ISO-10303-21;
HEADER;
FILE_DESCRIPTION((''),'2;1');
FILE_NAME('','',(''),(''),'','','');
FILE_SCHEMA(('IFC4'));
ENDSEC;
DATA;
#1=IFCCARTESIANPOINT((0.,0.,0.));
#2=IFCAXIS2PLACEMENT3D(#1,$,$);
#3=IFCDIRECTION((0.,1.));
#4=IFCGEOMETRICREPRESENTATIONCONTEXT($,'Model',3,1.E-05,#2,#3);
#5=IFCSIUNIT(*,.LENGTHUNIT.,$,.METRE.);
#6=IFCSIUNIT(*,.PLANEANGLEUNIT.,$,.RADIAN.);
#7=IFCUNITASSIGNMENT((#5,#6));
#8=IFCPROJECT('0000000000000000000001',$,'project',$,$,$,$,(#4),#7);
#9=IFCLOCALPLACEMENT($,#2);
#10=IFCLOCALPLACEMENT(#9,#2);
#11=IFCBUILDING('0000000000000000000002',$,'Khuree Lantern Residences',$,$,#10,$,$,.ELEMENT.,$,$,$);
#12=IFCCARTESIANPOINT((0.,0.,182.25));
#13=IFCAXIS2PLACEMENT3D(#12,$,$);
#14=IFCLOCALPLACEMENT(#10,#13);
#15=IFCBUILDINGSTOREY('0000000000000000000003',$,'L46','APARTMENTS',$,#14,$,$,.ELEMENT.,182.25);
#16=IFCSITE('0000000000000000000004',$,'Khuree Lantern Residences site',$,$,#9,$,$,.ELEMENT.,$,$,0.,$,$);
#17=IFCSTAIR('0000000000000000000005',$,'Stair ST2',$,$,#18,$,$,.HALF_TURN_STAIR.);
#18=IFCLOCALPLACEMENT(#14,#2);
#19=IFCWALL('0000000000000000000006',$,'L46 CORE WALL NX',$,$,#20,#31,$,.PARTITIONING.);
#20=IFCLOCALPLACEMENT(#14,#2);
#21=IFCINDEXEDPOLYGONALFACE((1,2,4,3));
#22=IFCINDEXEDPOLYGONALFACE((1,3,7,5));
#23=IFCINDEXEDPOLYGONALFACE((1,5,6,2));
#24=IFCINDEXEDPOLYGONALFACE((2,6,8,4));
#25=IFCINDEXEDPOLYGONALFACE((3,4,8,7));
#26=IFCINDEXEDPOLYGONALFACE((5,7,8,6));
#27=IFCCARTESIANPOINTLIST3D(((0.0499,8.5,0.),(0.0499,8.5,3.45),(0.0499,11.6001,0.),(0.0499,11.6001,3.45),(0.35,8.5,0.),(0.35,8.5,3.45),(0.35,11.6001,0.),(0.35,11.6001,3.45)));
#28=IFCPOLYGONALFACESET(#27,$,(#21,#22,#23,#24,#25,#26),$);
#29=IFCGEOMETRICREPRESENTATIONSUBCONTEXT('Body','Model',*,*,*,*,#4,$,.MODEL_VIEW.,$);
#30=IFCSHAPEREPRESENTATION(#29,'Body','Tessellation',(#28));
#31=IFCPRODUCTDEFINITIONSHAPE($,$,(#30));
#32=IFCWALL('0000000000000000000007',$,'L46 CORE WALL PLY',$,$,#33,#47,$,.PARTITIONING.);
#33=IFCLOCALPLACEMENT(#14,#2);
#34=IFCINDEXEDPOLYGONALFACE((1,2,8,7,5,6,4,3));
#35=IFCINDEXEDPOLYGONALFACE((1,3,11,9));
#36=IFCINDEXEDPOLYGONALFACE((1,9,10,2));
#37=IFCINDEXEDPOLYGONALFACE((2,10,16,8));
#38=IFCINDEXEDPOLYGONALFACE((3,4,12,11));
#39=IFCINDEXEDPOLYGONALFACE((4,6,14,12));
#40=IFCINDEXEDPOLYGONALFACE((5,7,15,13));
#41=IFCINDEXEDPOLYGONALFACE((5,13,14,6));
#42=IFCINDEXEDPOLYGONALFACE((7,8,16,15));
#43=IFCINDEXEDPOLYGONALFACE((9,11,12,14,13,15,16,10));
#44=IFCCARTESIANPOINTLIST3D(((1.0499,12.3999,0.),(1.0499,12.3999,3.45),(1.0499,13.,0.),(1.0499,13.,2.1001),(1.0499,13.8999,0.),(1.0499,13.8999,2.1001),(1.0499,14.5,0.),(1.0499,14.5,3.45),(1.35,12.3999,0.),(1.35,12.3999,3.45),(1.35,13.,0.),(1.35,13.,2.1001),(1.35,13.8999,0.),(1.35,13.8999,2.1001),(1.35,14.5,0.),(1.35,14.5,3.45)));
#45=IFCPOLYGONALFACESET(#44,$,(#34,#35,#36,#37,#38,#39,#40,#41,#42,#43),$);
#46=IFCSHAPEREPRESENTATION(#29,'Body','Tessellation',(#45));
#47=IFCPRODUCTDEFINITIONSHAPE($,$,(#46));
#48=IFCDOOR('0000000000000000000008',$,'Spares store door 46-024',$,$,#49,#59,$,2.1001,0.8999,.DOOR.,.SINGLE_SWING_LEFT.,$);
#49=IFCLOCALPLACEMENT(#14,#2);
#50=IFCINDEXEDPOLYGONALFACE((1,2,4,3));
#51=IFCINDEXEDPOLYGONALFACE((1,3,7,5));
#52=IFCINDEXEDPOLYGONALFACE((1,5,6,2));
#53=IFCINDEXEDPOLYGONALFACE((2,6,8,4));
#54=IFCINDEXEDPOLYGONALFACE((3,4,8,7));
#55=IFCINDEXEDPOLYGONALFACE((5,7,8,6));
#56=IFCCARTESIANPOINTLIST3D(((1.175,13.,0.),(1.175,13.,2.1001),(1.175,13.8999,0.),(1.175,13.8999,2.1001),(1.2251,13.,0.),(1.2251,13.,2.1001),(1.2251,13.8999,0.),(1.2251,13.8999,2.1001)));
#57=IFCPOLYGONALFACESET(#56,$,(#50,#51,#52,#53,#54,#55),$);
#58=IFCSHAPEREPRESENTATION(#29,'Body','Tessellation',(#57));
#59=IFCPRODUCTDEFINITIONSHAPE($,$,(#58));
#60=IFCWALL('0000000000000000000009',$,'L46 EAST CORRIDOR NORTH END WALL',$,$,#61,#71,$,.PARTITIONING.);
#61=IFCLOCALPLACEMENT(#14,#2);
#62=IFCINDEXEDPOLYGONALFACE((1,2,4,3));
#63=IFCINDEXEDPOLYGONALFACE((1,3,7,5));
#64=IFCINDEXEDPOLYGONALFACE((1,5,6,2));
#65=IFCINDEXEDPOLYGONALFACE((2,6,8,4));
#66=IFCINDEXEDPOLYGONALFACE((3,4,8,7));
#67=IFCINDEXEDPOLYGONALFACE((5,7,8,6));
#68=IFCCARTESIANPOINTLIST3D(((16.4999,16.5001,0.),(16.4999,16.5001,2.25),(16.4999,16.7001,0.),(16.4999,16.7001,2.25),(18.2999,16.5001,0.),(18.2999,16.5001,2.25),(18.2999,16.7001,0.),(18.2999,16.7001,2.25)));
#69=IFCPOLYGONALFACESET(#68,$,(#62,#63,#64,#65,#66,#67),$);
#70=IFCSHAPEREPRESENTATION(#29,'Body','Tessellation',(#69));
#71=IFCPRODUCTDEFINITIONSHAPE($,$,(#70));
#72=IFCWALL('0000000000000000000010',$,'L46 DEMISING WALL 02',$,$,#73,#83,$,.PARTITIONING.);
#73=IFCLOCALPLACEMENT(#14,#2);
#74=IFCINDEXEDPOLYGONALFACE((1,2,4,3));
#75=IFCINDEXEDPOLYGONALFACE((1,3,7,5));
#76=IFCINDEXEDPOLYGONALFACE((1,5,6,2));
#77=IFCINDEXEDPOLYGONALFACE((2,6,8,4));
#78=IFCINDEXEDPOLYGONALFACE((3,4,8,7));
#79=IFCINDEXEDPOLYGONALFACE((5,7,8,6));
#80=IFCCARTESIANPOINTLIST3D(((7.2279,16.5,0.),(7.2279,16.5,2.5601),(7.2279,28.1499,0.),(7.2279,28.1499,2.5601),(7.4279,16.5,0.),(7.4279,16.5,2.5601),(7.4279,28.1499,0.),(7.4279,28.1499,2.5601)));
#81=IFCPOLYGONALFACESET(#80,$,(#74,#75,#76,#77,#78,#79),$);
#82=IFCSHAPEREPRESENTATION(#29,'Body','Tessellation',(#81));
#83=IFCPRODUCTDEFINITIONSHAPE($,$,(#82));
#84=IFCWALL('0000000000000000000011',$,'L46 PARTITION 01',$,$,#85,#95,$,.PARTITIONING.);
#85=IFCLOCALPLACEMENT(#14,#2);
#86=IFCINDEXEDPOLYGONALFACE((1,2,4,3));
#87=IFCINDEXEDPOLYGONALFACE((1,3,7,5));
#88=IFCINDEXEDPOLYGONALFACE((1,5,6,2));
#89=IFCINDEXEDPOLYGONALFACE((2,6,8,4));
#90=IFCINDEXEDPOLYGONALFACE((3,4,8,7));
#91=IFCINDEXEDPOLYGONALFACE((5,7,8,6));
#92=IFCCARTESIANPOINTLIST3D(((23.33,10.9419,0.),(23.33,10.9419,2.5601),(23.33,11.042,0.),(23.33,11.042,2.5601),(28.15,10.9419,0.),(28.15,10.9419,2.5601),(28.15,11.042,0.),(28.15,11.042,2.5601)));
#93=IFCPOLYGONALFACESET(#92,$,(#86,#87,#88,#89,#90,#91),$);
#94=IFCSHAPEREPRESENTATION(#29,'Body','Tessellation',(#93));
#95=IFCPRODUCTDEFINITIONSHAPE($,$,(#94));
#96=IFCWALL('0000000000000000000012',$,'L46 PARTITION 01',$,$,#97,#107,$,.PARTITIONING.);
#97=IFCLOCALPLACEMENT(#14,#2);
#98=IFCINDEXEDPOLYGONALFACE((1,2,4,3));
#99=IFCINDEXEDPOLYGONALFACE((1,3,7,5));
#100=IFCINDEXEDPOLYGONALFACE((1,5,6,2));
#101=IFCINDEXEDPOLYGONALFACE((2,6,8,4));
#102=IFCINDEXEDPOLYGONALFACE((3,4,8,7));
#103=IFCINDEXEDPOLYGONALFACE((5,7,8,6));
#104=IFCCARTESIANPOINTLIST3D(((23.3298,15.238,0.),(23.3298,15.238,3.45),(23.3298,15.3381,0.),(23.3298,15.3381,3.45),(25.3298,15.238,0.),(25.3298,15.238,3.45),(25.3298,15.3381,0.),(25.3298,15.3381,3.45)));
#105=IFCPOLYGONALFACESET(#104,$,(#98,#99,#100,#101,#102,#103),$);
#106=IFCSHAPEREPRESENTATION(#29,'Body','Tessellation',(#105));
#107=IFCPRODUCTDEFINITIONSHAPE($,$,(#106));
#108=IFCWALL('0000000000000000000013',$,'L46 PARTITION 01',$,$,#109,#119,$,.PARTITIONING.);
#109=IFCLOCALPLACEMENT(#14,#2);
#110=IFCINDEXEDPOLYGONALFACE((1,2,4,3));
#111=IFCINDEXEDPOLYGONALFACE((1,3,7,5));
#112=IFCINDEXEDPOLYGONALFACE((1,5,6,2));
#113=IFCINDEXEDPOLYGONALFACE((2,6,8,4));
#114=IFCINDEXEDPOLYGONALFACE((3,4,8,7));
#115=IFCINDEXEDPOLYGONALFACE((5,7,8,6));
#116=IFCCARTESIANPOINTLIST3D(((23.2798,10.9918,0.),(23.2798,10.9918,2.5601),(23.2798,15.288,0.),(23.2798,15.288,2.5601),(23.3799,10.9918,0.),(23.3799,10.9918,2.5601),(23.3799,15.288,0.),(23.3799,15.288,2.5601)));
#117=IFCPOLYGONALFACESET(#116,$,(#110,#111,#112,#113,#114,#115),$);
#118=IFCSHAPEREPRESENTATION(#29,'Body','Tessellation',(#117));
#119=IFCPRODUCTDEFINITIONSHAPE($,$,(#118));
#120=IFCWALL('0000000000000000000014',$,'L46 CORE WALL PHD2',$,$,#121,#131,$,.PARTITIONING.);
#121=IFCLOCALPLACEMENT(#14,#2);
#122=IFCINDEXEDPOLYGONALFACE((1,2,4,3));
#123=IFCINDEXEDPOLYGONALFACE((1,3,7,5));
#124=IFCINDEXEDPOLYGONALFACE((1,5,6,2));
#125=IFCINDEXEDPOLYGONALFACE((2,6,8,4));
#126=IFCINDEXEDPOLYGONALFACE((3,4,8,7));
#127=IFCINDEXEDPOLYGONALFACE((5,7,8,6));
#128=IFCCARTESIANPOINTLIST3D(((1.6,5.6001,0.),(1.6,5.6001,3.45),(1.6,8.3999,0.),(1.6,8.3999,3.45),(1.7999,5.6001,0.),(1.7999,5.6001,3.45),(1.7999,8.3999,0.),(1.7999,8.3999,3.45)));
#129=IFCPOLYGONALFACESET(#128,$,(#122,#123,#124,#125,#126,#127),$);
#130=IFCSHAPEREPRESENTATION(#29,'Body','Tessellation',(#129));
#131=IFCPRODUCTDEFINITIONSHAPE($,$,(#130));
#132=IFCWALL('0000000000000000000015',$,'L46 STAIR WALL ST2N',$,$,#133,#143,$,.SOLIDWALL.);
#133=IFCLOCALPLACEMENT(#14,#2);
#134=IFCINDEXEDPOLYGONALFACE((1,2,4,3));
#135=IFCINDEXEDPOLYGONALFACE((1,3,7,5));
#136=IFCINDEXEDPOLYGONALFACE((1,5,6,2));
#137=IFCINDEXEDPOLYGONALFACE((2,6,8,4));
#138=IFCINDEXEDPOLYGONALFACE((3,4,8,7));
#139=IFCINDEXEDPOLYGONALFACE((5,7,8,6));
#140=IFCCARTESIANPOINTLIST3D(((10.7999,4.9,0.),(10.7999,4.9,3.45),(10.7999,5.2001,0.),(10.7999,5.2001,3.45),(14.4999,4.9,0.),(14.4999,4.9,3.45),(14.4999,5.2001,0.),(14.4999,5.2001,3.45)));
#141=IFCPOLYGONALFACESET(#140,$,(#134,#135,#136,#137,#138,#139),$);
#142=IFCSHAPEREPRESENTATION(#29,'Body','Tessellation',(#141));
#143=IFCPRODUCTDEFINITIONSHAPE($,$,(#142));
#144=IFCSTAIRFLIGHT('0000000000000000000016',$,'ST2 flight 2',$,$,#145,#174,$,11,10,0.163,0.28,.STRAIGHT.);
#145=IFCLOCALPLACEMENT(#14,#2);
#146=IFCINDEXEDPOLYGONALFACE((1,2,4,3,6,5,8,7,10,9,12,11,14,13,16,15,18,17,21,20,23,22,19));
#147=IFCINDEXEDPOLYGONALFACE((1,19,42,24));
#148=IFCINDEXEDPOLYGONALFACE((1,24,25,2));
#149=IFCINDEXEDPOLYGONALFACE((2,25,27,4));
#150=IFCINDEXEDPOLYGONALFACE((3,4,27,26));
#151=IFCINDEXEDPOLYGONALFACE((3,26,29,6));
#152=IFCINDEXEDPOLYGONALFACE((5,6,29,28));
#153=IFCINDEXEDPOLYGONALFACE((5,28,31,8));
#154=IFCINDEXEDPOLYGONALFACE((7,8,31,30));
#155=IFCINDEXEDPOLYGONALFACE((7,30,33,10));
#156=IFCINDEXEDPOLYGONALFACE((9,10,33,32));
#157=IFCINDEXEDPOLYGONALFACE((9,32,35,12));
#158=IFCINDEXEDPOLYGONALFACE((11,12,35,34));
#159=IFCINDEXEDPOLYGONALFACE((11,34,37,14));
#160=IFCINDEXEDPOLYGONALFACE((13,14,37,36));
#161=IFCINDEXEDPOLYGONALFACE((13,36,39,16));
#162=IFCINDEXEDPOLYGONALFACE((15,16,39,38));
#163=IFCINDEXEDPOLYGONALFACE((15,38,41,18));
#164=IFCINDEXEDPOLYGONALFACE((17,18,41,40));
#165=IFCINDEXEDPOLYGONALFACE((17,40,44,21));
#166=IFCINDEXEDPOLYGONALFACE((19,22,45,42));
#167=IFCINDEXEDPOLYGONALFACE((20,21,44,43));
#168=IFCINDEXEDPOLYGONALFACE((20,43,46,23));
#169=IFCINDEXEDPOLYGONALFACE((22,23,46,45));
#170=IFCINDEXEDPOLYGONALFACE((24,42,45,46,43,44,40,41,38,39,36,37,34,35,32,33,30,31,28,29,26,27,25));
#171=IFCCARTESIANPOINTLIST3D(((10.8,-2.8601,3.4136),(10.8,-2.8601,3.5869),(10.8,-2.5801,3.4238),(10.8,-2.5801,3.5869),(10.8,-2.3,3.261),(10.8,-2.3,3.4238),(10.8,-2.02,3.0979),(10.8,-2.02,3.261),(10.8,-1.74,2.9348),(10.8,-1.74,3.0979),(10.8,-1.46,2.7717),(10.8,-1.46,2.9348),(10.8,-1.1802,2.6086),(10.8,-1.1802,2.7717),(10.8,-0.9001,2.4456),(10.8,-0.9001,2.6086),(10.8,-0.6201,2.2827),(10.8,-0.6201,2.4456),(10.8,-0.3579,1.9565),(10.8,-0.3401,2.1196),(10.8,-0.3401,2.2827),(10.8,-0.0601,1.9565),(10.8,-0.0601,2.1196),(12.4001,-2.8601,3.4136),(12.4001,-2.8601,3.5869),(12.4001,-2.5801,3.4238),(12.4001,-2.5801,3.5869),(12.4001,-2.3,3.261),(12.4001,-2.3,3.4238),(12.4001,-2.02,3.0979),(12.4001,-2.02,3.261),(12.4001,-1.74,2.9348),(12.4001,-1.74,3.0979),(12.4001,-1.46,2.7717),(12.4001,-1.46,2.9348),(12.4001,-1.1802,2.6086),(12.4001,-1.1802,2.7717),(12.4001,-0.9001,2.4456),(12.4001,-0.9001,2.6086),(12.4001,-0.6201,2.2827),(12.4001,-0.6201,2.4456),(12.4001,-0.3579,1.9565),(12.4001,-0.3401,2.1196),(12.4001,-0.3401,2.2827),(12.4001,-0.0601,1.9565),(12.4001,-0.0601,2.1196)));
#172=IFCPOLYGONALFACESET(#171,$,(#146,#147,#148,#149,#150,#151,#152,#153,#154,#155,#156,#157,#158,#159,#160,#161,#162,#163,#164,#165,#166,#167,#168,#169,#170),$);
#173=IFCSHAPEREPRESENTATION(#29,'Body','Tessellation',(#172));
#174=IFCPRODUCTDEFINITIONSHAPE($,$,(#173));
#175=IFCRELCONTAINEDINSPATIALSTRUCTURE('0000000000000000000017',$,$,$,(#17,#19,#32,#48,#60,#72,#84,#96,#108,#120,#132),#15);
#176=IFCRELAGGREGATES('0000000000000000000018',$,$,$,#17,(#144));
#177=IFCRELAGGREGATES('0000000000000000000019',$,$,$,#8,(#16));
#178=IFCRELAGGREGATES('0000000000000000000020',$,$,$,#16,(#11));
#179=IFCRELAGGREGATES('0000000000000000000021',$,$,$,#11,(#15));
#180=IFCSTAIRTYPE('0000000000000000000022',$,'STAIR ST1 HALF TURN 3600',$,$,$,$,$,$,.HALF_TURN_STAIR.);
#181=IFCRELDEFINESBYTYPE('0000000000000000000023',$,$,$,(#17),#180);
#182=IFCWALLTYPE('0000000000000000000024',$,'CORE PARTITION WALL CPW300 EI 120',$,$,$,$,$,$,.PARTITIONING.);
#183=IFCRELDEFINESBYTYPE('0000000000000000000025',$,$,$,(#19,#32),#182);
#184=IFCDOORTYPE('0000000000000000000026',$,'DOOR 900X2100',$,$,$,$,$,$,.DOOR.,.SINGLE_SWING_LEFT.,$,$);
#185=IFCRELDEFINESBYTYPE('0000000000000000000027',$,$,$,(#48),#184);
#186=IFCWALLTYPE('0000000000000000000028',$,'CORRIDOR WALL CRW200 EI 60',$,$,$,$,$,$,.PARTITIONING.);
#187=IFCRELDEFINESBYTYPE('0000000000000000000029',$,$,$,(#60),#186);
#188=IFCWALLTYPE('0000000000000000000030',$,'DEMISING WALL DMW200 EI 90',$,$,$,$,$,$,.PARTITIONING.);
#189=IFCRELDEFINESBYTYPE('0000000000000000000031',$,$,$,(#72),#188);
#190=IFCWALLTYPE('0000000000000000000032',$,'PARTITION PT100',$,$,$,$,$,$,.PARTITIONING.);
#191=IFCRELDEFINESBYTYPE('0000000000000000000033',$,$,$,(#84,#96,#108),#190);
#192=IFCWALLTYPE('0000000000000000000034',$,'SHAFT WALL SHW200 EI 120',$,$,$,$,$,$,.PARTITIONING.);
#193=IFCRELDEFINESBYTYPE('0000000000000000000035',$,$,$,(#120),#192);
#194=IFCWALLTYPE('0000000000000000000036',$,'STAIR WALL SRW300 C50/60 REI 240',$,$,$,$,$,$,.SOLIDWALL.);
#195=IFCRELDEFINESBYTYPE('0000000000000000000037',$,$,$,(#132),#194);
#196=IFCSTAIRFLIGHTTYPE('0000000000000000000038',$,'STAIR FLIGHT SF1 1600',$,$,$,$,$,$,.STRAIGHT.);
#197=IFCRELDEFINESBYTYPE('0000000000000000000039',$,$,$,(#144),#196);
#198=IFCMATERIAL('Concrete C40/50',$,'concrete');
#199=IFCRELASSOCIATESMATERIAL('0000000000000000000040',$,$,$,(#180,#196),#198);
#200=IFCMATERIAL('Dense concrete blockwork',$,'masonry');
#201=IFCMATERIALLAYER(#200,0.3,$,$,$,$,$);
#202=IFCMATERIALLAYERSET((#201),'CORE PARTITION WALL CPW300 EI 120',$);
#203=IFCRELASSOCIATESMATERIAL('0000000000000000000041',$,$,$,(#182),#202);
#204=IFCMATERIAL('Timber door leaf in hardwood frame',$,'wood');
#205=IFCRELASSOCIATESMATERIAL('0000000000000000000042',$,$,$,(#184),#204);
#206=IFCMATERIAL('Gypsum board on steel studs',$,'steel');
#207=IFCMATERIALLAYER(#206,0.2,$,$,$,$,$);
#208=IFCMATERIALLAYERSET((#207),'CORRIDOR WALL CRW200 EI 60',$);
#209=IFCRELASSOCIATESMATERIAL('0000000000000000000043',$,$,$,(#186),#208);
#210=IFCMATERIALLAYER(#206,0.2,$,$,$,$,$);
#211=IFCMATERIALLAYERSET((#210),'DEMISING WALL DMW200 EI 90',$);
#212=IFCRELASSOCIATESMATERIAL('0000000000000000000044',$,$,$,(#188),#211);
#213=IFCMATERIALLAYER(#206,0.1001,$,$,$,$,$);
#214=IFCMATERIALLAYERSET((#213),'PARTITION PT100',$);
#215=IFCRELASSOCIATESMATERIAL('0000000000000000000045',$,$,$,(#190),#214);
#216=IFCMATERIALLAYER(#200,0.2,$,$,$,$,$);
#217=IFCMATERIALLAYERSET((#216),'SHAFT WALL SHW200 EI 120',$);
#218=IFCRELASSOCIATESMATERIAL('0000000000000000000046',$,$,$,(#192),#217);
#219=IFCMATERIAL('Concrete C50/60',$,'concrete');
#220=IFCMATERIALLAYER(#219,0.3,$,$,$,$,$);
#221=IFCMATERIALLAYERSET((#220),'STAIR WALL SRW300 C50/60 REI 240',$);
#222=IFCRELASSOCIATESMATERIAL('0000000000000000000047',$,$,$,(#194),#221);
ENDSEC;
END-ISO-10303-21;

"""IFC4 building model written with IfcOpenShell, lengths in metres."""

from ifc_helpers import new_model, si_unit, direction, frame, frame_2d, origin, place, context, subcontext, project, spatial, polyline, rectangle, outline, extrude, material, layer, layer_set, type_object, element, fill, aggregate, save


model = new_model("IFC4")

# Units and contexts
model_context = context("Model", 3, precision=1e-05, world=origin(), true_north=direction((0.0, 1.0)))
body_context = subcontext(model_context, "Body", "Model", "MODEL_VIEW")
ifc_project = project(units=[si_unit("LENGTHUNIT", "METRE"), si_unit("PLANEANGLEUNIT", "RADIAN")], contexts=[model_context])

# Site, building, storey
site_placement = place(None, origin())
site = spatial("IfcSite", under=ifc_project, at=site_placement, Name="Khuree Lantern Residences site", CompositionType="ELEMENT", RefElevation=0.0)
building_placement = place(site_placement, origin())
building = spatial("IfcBuilding", under=site, at=building_placement, Name="Khuree Lantern Residences", CompositionType="ELEMENT")
storey_placement = place(building_placement, frame((0.0, 0.0, 182.25)))
storey = spatial("IfcBuildingStorey", under=building, at=storey_placement, Name="L46", Description="APARTMENTS", CompositionType="ELEMENT", Elevation=182.25)

# Stair
ifc_material_1 = material(Name="Concrete C40/50", Category="concrete")
stair_type = type_object("IfcStairType", Name="STAIR ST1 HALF TURN 3600", PredefinedType="HALF_TURN_STAIR", material=ifc_material_1)
stair_1_placement = place(storey_placement, origin())
stair_1 = element("IfcStair", 1, at=stair_1_placement, inside=storey, type_object=stair_type, Name="Stair ST2", PredefinedType="HALF_TURN_STAIR")

# Shared definitions
ifc_material_2 = material(Name="Dense concrete blockwork", Category="masonry")
ifc_layer_1 = layer(ifc_material_2, 0.3)
ifc_layer_set_1 = layer_set([ifc_layer_1], Name="CORE PARTITION WALL CPW300 EI 120")
wall_type_1 = type_object("IfcWallType", Name="CORE PARTITION WALL CPW300 EI 120", PredefinedType="PARTITIONING", material=ifc_layer_set_1)

# Shared definitions
ifc_material_3 = material(Name="Timber door leaf in hardwood frame", Category="wood")
door_type = type_object("IfcDoorType", Name="DOOR 900X2100", OperationType="SINGLE_SWING_LEFT", PredefinedType="DOOR", material=ifc_material_3)

# Wall
wall_1_placement = place(storey_placement, frame((0.2, 8.5, 0.0), z_axis=(0.0, 0.0, 1.0), x_axis=(0.0, 1.0, 0.0)))
element("IfcWall", 2, at=wall_1_placement, inside=storey, type_object=wall_type_1, Name="L46 CORE WALL NX", PredefinedType="PARTITIONING", context=body_context, shape_type="SweptSolid", body=[
    extrude(rectangle(XDim=3.1001, YDim=0.3, at=frame_2d((1.55, 0.0))), origin(), (0.0, 0.0, 1.0), 3.45),
])

# Wall, opening, door
wall_2_placement = place(storey_placement, frame((1.2, 12.3999, 0.0), z_axis=(0.0, 0.0, 1.0), x_axis=(0.0, 1.0, 0.0)))
wall_2 = element("IfcWall", 3, at=wall_2_placement, inside=storey, type_object=wall_type_1, Name="L46 CORE WALL PLY", PredefinedType="PARTITIONING", context=body_context, shape_type="SweptSolid", body=[
    extrude(rectangle(XDim=2.1001, YDim=0.3, at=frame_2d((1.05, 0.0))), origin(), (0.0, 0.0, 1.0), 3.45),
])
opening_1_placement = place(wall_2_placement, frame((0.6001, 0.0, 0.0)))
opening_1 = element("IfcOpeningElement", 4, at=opening_1_placement, cuts=wall_2, PredefinedType="OPENING", context=body_context, shape_type="SweptSolid", body=[
    extrude(rectangle(XDim=0.8999, YDim=2.1001, at=frame_2d((0.45, 1.05))), frame((0.0, 0.1602, 0.0), z_axis=(0.0, -1.0, 0.0), x_axis=(1.0, 0.0, 0.0)), (0.0, 0.0, 1.0), 0.3201),
])
door_1_placement = place(opening_1_placement, origin())
door_1 = element("IfcDoor", 5, at=door_1_placement, inside=storey, type_object=door_type, Name="Spares store door 46-024", OperationType="SINGLE_SWING_LEFT", OverallHeight=2.1001, OverallWidth=0.8999, PredefinedType="DOOR", context=body_context, shape_type="SweptSolid", body=[
    extrude(rectangle(XDim=0.8999, YDim=2.1001, at=frame_2d((0.45, 1.05))), frame((0.0, 0.0249, 0.0), z_axis=(0.0, -1.0, 0.0), x_axis=(1.0, 0.0, 0.0)), (0.0, 0.0, 1.0), 0.05),
])
fill(opening_1, door_1)

# Walls
ifc_material_4 = material(Name="Gypsum board on steel studs", Category="steel")
ifc_layer_2 = layer(ifc_material_4, 0.2)
ifc_layer_set_2 = layer_set([ifc_layer_2], Name="CORRIDOR WALL CRW200 EI 60")
wall_type_2 = type_object("IfcWallType", Name="CORRIDOR WALL CRW200 EI 60", PredefinedType="PARTITIONING", material=ifc_layer_set_2)
wall_3_placement = place(storey_placement, frame((16.5, 16.6001, 0.0), z_axis=(0.0, 0.0, 1.0), x_axis=(1.0, 0.0, 0.0)))
element("IfcWall", 6, at=wall_3_placement, inside=storey, type_object=wall_type_2, Name="L46 EAST CORRIDOR NORTH END WALL", PredefinedType="PARTITIONING", context=body_context, shape_type="SweptSolid", body=[
    extrude(rectangle(XDim=1.8, YDim=0.2, at=frame_2d((0.8999, 0.0))), origin(), (0.0, 0.0, 1.0), 2.25),
])
ifc_layer_3 = layer(ifc_material_4, 0.2)
ifc_layer_set_3 = layer_set([ifc_layer_3], Name="DEMISING WALL DMW200 EI 90")
wall_type_3 = type_object("IfcWallType", Name="DEMISING WALL DMW200 EI 90", PredefinedType="PARTITIONING", material=ifc_layer_set_3)
wall_4_placement = place(storey_placement, frame((7.3279, 16.5, 0.0), z_axis=(0.0, 0.0, 1.0), x_axis=(0.0, 1.0, 0.0)))
element("IfcWall", 7, at=wall_4_placement, inside=storey, type_object=wall_type_3, Name="L46 DEMISING WALL 02", PredefinedType="PARTITIONING", context=body_context, shape_type="SweptSolid", body=[
    extrude(rectangle(XDim=11.6499, YDim=0.2, at=frame_2d((5.825, 0.0))), origin(), (0.0, 0.0, 1.0), 2.5601),
])
ifc_layer_4 = layer(ifc_material_4, 0.1001)
ifc_layer_set_4 = layer_set([ifc_layer_4], Name="PARTITION PT100")
wall_type_4 = type_object("IfcWallType", Name="PARTITION PT100", PredefinedType="PARTITIONING", material=ifc_layer_set_4)
wall_5_placement = place(storey_placement, frame((23.3298, 10.9919, 0.0), z_axis=(0.0, 0.0, 1.0), x_axis=(1.0, 0.0, 0.0)))
element("IfcWall", 8, at=wall_5_placement, inside=storey, type_object=wall_type_4, Name="L46 PARTITION 01", PredefinedType="PARTITIONING", context=body_context, shape_type="SweptSolid", body=[
    extrude(rectangle(XDim=4.8201, YDim=0.1001, at=frame_2d((2.4102, 0.0))), origin(), (0.0, 0.0, 1.0), 2.5601),
])
wall_6_placement = place(storey_placement, frame((23.3298, 15.2881, 0.0), z_axis=(0.0, 0.0, 1.0), x_axis=(1.0, 0.0, 0.0)))
element("IfcWall", 9, at=wall_6_placement, inside=storey, type_object=wall_type_4, Name="L46 PARTITION 01", PredefinedType="PARTITIONING", context=body_context, shape_type="SweptSolid", body=[
    extrude(rectangle(XDim=2.0, YDim=0.1001, at=frame_2d((1.0, 0.0))), origin(), (0.0, 0.0, 1.0), 3.45),
])
wall_7_placement = place(storey_placement, frame((23.3298, 10.9919, 0.0), z_axis=(0.0, 0.0, 1.0), x_axis=(0.0, 1.0, 0.0)))
element("IfcWall", 10, at=wall_7_placement, inside=storey, type_object=wall_type_4, Name="L46 PARTITION 01", PredefinedType="PARTITIONING", context=body_context, shape_type="SweptSolid", body=[
    extrude(rectangle(XDim=4.2961, YDim=0.1001, at=frame_2d((2.1479, 0.0))), origin(), (0.0, 0.0, 1.0), 2.5601),
])
ifc_layer_5 = layer(ifc_material_2, 0.2)
ifc_layer_set_5 = layer_set([ifc_layer_5], Name="SHAFT WALL SHW200 EI 120")
wall_type_5 = type_object("IfcWallType", Name="SHAFT WALL SHW200 EI 120", PredefinedType="PARTITIONING", material=ifc_layer_set_5)
wall_8_placement = place(storey_placement, frame((1.7, 5.6001, 0.0), z_axis=(0.0, 0.0, 1.0), x_axis=(0.0, 1.0, 0.0)))
element("IfcWall", 11, at=wall_8_placement, inside=storey, type_object=wall_type_5, Name="L46 CORE WALL PHD2", PredefinedType="PARTITIONING", context=body_context, shape_type="SweptSolid", body=[
    extrude(rectangle(XDim=2.7998, YDim=0.2, at=frame_2d((1.3999, 0.0))), origin(), (0.0, 0.0, 1.0), 3.45),
])
ifc_material_5 = material(Name="Concrete C50/60", Category="concrete")
ifc_layer_6 = layer(ifc_material_5, 0.3)
ifc_layer_set_6 = layer_set([ifc_layer_6], Name="STAIR WALL SRW300 C50/60 REI 240")
wall_type_6 = type_object("IfcWallType", Name="STAIR WALL SRW300 C50/60 REI 240", PredefinedType="SOLIDWALL", material=ifc_layer_set_6)
wall_9_placement = place(storey_placement, frame((14.5, 5.05, 0.0), z_axis=(0.0, 0.0, 1.0), x_axis=(-1.0, 0.0, 0.0)))
element("IfcWall", 12, at=wall_9_placement, inside=storey, type_object=wall_type_6, Name="L46 STAIR WALL ST2N", PredefinedType="SOLIDWALL", context=body_context, shape_type="SweptSolid", body=[
    extrude(rectangle(XDim=3.7, YDim=0.3, at=frame_2d((1.8501, 0.0))), origin(), (0.0, 0.0, 1.0), 3.45),
])

# Stair flight
stair_flight_type = type_object("IfcStairFlightType", Name="STAIR FLIGHT SF1 1600", PredefinedType="STRAIGHT", material=ifc_material_1)
stair_flight_placement = place(storey_placement, frame((11.6001, -0.0601, 1.9565), z_axis=(0.0, 0.0, 1.0), x_axis=(0.0, -1.0, 0.0)))
stair_flight = element("IfcStairFlight", 13, at=stair_flight_placement, type_object=stair_flight_type, Name="ST2 flight 2", NumberOfRisers=11, NumberOfTreads=10, PredefinedType="STRAIGHT", RiserHeight=0.163, TreadLength=0.28, context=body_context, shape_type="SweptSolid", body=[
    extrude(outline(polyline([(0.0, 0.0), (0.0, 0.1631), (0.28, 0.1631), (0.28, 0.3262), (0.5601, 0.3262), (0.5601, 0.489), (0.8401, 0.489), (0.8401, 0.6521), (1.1201, 0.6521), (1.1201, 0.8152), (1.3999, 0.8152), (1.3999, 0.9783), (1.6799, 0.9783), (1.6799, 1.1414), (1.96, 1.1414), (1.96, 1.3044), (2.24, 1.3044), (2.24, 1.4673), (2.52, 1.4673), (2.52, 1.6304), (2.8, 1.6304), (2.8, 1.7935), (2.8, 1.457), (0.2979, 0.0), (0.0, 0.0)])), frame((0.0, 0.8, 0.0), z_axis=(0.0, -1.0, 0.0), x_axis=(1.0, 0.0, 0.0)), (0.0, 0.0, 1.0), 1.6001),
])
aggregate(stair_1, [stair_flight])

save(model, "model.ifc")
